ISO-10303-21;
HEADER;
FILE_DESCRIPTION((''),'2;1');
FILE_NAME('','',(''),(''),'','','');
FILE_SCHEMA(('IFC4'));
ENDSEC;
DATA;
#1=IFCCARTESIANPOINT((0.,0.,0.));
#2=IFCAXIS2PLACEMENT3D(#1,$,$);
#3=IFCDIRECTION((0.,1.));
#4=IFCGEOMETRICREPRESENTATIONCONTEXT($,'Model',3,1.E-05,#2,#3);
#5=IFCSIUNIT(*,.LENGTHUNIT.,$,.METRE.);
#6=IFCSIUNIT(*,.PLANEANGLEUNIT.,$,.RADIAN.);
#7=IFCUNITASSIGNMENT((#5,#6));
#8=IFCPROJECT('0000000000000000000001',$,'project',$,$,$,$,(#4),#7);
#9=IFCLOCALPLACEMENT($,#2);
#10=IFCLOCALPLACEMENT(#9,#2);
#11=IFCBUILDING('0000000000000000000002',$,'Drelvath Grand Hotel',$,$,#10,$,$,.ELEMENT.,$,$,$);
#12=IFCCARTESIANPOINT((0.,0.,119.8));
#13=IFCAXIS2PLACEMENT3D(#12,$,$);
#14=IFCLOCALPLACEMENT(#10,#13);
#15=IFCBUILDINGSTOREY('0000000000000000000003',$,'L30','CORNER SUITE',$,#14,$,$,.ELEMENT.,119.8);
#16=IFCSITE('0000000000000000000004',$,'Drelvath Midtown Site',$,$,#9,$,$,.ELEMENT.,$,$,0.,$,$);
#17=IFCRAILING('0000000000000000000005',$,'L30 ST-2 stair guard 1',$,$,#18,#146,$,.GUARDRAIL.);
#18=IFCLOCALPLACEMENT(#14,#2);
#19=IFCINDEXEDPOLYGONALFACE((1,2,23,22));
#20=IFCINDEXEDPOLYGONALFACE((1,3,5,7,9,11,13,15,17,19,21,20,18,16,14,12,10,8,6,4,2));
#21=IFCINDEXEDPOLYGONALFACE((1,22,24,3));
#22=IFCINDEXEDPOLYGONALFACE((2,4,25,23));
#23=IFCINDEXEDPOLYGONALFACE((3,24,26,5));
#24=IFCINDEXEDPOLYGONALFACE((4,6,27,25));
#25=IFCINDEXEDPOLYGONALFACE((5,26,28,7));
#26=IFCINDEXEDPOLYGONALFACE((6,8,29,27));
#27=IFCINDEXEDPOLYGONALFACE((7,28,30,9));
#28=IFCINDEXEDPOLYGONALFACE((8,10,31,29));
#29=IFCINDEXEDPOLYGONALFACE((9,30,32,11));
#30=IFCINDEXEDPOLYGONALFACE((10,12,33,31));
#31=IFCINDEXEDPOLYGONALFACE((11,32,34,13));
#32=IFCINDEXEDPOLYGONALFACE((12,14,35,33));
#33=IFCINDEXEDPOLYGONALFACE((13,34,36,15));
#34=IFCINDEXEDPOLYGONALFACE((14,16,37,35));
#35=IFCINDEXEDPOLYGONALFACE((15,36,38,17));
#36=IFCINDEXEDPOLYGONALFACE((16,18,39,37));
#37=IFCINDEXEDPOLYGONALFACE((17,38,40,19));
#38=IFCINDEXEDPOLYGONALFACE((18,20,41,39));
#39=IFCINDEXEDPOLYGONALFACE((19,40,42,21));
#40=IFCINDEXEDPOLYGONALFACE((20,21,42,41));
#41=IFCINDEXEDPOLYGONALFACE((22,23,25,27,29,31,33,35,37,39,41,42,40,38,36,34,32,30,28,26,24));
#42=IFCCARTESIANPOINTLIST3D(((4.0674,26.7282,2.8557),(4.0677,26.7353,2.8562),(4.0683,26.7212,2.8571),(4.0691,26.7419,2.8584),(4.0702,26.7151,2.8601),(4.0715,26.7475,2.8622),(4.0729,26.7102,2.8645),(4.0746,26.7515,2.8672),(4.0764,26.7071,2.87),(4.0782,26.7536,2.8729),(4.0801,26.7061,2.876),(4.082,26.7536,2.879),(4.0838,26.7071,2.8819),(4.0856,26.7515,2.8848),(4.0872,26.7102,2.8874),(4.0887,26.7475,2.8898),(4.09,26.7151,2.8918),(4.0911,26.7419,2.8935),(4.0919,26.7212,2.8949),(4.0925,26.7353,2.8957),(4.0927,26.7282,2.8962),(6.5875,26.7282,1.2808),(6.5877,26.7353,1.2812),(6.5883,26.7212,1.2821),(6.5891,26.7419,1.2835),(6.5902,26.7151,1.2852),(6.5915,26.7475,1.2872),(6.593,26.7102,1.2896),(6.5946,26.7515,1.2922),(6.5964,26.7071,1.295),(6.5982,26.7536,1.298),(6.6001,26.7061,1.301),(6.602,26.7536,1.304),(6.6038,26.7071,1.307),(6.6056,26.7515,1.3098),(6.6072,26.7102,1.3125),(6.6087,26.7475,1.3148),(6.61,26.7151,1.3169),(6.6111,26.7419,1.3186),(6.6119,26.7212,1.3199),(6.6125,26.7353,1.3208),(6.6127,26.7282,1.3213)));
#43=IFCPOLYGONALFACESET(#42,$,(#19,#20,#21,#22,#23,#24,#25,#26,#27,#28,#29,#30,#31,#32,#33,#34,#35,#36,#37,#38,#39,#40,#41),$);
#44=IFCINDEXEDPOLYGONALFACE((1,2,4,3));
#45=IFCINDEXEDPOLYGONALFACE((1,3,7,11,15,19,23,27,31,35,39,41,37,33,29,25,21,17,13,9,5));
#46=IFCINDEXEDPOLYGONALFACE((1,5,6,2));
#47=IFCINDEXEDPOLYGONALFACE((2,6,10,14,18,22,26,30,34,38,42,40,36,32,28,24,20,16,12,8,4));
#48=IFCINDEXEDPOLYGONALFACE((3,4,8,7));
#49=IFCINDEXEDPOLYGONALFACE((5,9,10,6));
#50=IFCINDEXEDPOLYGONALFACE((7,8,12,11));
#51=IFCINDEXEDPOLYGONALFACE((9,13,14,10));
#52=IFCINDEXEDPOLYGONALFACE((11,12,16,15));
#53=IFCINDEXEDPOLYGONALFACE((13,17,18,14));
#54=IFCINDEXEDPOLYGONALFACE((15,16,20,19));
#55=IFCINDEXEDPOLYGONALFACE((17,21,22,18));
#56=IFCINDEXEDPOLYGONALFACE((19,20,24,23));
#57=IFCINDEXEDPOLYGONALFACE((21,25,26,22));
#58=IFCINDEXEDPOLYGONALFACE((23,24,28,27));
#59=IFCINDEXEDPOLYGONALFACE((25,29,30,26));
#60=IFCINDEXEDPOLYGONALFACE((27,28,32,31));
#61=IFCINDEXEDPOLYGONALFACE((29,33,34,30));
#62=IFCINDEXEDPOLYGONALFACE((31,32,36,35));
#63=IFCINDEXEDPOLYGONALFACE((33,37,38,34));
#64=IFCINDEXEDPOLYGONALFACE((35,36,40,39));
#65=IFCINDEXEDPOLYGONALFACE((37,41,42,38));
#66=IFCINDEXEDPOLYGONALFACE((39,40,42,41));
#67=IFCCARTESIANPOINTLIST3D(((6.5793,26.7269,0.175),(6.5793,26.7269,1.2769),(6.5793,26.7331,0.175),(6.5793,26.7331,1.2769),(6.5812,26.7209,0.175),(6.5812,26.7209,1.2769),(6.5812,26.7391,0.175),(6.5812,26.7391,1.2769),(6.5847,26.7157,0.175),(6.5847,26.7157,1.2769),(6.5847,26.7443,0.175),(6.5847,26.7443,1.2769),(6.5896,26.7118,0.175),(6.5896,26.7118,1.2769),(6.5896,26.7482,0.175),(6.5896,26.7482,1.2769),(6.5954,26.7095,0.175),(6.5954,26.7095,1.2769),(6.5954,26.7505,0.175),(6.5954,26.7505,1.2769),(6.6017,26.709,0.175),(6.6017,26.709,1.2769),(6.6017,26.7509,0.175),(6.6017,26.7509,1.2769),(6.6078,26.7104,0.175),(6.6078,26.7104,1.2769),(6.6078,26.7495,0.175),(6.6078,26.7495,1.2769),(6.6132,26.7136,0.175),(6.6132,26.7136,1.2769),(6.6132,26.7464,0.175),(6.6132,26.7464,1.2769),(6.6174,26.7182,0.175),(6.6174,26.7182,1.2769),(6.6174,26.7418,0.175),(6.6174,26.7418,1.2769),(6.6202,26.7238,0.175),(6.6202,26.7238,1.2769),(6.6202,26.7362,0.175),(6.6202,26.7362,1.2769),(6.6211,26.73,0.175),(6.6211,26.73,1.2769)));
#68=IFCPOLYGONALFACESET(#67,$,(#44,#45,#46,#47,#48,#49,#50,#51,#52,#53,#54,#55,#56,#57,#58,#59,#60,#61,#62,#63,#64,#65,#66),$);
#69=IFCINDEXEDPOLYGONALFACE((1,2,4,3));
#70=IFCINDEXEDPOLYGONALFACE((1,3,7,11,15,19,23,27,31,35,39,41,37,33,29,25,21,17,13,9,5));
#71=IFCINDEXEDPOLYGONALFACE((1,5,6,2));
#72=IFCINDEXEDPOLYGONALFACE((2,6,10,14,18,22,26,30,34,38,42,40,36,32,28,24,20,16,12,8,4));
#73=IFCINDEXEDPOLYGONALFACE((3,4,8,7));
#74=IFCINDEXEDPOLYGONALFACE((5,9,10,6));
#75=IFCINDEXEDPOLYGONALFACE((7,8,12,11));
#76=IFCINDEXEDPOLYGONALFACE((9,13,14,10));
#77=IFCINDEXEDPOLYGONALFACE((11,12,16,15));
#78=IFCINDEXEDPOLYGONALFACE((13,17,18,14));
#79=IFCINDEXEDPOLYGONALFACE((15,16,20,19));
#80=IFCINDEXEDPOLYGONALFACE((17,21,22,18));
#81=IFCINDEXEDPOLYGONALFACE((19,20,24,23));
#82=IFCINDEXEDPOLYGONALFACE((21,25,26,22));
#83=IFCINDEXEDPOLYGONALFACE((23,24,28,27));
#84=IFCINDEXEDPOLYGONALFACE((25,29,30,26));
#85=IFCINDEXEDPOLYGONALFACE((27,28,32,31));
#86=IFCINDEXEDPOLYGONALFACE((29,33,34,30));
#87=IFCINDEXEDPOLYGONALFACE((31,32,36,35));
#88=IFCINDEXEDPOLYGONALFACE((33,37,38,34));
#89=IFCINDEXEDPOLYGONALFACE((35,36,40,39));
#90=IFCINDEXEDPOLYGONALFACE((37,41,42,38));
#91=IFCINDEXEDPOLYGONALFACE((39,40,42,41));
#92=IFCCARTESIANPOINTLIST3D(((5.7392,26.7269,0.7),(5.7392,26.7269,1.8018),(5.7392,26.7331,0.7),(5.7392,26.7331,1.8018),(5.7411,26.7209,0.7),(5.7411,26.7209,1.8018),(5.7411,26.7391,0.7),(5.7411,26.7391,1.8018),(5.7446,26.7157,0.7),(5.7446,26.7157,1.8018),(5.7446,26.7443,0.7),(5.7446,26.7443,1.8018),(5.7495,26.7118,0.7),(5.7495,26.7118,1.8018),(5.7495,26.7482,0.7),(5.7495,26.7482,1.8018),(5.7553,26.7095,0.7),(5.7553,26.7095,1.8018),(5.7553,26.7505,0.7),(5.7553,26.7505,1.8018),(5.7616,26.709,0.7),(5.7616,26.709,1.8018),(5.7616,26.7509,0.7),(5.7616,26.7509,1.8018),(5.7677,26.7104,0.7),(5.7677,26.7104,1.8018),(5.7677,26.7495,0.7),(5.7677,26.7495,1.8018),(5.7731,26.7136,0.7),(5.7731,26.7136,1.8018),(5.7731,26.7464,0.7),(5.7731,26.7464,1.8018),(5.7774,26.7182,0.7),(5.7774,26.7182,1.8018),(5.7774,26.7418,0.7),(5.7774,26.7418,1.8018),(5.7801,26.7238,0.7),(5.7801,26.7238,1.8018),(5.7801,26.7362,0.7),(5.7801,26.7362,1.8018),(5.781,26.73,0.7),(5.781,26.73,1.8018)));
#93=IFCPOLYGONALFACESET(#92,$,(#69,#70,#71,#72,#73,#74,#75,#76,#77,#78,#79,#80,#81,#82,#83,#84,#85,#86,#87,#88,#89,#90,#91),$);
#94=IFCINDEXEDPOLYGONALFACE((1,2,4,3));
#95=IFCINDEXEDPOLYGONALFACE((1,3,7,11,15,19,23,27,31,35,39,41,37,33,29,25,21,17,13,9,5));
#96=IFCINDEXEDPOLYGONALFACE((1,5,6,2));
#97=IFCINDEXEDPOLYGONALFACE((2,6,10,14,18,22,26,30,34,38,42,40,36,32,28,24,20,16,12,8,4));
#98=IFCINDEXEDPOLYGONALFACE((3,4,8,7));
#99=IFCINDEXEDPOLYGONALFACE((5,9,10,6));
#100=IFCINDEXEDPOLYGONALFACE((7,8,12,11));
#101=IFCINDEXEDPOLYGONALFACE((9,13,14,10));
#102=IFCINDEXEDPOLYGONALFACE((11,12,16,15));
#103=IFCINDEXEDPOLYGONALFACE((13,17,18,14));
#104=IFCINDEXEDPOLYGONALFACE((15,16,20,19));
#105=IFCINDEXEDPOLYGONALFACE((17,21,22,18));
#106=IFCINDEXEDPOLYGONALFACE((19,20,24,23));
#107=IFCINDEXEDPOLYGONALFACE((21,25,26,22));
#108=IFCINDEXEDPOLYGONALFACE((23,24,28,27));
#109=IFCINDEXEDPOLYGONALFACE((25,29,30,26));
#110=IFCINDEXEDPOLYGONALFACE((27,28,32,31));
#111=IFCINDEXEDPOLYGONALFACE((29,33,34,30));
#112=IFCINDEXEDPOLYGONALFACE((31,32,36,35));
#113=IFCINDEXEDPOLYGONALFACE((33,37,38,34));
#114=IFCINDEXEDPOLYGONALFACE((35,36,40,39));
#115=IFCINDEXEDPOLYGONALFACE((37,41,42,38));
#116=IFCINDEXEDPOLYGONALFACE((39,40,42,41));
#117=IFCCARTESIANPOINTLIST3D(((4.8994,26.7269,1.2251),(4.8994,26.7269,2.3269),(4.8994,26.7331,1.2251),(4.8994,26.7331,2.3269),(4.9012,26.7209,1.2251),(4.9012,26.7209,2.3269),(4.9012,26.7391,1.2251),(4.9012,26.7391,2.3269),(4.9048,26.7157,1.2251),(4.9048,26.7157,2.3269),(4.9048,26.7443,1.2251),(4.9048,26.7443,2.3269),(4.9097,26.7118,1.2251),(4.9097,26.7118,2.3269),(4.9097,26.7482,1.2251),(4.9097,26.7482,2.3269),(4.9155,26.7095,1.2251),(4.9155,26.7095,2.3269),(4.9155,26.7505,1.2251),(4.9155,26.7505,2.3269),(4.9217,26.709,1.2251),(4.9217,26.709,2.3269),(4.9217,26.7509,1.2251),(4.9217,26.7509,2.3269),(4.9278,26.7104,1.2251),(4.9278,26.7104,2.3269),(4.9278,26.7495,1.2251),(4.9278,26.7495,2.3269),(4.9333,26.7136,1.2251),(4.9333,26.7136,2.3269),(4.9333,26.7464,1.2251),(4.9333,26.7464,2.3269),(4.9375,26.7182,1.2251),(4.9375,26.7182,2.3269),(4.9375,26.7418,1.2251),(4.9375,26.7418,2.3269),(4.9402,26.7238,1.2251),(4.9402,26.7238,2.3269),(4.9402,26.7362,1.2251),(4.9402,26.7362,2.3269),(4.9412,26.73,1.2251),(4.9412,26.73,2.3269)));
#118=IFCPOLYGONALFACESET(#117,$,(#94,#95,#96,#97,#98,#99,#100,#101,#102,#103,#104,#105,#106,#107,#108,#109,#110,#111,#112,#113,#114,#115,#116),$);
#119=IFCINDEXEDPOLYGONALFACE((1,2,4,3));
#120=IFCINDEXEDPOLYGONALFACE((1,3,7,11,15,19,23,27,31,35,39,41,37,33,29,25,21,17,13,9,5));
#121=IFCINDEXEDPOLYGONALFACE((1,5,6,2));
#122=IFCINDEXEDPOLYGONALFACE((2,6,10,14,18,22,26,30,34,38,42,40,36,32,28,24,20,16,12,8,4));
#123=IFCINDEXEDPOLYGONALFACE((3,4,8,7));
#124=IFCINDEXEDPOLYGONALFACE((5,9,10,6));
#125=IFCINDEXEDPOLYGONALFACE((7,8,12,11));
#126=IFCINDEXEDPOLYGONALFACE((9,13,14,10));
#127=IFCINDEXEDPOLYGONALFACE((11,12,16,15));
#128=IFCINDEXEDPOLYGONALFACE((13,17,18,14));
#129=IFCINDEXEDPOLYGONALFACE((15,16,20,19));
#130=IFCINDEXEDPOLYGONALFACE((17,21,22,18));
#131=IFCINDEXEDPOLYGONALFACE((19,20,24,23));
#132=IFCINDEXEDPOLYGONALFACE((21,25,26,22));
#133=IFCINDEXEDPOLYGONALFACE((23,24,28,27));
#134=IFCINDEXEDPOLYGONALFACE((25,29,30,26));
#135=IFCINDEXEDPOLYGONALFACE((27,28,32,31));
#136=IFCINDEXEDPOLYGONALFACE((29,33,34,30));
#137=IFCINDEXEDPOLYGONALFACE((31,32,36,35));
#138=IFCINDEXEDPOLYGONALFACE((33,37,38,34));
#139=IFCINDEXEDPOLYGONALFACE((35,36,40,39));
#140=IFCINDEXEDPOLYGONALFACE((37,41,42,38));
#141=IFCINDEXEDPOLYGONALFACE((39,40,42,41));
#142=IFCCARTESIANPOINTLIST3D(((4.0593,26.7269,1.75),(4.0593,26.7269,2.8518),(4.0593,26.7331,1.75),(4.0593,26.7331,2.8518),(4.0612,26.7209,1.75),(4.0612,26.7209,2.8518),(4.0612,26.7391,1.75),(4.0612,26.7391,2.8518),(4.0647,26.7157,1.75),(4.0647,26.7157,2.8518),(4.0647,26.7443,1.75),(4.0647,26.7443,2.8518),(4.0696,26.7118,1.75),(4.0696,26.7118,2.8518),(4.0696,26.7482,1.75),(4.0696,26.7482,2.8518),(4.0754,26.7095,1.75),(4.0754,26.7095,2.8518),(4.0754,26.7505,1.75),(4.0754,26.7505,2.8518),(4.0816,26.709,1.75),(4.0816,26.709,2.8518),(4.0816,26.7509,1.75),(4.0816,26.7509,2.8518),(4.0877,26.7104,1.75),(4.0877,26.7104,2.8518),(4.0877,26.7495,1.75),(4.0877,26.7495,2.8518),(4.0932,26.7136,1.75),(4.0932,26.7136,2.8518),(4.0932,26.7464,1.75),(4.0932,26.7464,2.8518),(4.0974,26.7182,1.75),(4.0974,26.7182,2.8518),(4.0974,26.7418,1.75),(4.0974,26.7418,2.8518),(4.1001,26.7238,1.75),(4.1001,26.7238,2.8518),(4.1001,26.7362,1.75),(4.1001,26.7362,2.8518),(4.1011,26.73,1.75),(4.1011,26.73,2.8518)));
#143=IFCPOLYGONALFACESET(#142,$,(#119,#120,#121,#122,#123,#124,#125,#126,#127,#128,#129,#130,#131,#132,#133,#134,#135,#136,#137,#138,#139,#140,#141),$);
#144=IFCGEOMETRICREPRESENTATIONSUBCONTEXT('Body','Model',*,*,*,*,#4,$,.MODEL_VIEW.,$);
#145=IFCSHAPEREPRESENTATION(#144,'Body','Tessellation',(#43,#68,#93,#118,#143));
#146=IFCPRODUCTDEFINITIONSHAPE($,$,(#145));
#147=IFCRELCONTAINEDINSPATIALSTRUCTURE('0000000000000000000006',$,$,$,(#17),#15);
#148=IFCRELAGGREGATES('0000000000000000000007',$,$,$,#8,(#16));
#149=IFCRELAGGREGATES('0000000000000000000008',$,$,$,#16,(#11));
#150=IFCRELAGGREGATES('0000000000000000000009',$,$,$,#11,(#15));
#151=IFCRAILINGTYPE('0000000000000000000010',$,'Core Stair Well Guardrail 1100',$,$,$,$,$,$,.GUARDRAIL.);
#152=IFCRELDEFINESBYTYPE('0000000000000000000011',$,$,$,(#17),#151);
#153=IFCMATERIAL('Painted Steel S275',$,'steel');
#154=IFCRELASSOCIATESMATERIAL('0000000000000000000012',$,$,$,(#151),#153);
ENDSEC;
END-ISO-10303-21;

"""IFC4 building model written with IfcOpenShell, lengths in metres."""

from ifc_helpers import new_model, si_unit, direction, frame, origin, origin_2d, place, context, subcontext, project, spatial, circle, extrude, material, type_object, element, save


model = new_model("IFC4")

# Units and contexts
model_context = context("Model", 3, precision=1e-05, world=origin(), true_north=direction((0.0, 1.0)))
body_context = subcontext(model_context, "Body", "Model", "MODEL_VIEW")
ifc_project = project(units=[si_unit("LENGTHUNIT", "METRE"), si_unit("PLANEANGLEUNIT", "RADIAN")], contexts=[model_context])

# Site, building, storey
site_placement = place(None, origin())
site = spatial("IfcSite", under=ifc_project, at=site_placement, Name="Drelvath Midtown Site", CompositionType="ELEMENT", RefElevation=0.0)
building_placement = place(site_placement, origin())
building = spatial("IfcBuilding", under=site, at=building_placement, Name="Drelvath Grand Hotel", CompositionType="ELEMENT")
storey_placement = place(building_placement, frame((0.0, 0.0, 119.8)))
storey = spatial("IfcBuildingStorey", under=building, at=storey_placement, Name="L30", Description="CORNER SUITE", CompositionType="ELEMENT", Elevation=119.8)

# Shared definitions
ifc_material_1 = material(Name="Painted Steel S275", Category="steel")

# Railing
railing_type_1 = type_object("IfcRailingType", Name="Core Stair Well Guardrail 1100", PredefinedType="GUARDRAIL", material=ifc_material_1)
railing_1_placement = place(storey_placement, frame((6.6001, 26.73, 0.175)))
element("IfcRailing", 1, at=railing_1_placement, inside=storey, type_object=railing_type_1, Name="L30 ST-2 stair guard 1", PredefinedType="GUARDRAIL", context=body_context, shape_type="SweptSolid", body=[
    extrude(circle(Radius=0.0239, at=origin_2d()), frame((0.0, 0.0, 1.126), z_axis=(-0.848008, 0.0, 0.529984), x_axis=(0.0, -1.0, 0.0)), (0.0, 0.0, 1.0), 2.9717),
    extrude(circle(Radius=0.021, at=origin_2d()), origin(), (0.0, 0.0, 1.0), 1.1018),
    extrude(circle(Radius=0.021, at=origin_2d()), frame((-0.8401, 0.0, 0.5249)), (0.0, 0.0, 1.0), 1.1018),
    extrude(circle(Radius=0.021, at=origin_2d()), frame((-1.6799, 0.0, 1.05)), (0.0, 0.0, 1.0), 1.1018),
    extrude(circle(Radius=0.021, at=origin_2d()), frame((-2.52, 0.0, 1.575)), (0.0, 0.0, 1.0), 1.1018),
])

save(model, "model.ifc")
